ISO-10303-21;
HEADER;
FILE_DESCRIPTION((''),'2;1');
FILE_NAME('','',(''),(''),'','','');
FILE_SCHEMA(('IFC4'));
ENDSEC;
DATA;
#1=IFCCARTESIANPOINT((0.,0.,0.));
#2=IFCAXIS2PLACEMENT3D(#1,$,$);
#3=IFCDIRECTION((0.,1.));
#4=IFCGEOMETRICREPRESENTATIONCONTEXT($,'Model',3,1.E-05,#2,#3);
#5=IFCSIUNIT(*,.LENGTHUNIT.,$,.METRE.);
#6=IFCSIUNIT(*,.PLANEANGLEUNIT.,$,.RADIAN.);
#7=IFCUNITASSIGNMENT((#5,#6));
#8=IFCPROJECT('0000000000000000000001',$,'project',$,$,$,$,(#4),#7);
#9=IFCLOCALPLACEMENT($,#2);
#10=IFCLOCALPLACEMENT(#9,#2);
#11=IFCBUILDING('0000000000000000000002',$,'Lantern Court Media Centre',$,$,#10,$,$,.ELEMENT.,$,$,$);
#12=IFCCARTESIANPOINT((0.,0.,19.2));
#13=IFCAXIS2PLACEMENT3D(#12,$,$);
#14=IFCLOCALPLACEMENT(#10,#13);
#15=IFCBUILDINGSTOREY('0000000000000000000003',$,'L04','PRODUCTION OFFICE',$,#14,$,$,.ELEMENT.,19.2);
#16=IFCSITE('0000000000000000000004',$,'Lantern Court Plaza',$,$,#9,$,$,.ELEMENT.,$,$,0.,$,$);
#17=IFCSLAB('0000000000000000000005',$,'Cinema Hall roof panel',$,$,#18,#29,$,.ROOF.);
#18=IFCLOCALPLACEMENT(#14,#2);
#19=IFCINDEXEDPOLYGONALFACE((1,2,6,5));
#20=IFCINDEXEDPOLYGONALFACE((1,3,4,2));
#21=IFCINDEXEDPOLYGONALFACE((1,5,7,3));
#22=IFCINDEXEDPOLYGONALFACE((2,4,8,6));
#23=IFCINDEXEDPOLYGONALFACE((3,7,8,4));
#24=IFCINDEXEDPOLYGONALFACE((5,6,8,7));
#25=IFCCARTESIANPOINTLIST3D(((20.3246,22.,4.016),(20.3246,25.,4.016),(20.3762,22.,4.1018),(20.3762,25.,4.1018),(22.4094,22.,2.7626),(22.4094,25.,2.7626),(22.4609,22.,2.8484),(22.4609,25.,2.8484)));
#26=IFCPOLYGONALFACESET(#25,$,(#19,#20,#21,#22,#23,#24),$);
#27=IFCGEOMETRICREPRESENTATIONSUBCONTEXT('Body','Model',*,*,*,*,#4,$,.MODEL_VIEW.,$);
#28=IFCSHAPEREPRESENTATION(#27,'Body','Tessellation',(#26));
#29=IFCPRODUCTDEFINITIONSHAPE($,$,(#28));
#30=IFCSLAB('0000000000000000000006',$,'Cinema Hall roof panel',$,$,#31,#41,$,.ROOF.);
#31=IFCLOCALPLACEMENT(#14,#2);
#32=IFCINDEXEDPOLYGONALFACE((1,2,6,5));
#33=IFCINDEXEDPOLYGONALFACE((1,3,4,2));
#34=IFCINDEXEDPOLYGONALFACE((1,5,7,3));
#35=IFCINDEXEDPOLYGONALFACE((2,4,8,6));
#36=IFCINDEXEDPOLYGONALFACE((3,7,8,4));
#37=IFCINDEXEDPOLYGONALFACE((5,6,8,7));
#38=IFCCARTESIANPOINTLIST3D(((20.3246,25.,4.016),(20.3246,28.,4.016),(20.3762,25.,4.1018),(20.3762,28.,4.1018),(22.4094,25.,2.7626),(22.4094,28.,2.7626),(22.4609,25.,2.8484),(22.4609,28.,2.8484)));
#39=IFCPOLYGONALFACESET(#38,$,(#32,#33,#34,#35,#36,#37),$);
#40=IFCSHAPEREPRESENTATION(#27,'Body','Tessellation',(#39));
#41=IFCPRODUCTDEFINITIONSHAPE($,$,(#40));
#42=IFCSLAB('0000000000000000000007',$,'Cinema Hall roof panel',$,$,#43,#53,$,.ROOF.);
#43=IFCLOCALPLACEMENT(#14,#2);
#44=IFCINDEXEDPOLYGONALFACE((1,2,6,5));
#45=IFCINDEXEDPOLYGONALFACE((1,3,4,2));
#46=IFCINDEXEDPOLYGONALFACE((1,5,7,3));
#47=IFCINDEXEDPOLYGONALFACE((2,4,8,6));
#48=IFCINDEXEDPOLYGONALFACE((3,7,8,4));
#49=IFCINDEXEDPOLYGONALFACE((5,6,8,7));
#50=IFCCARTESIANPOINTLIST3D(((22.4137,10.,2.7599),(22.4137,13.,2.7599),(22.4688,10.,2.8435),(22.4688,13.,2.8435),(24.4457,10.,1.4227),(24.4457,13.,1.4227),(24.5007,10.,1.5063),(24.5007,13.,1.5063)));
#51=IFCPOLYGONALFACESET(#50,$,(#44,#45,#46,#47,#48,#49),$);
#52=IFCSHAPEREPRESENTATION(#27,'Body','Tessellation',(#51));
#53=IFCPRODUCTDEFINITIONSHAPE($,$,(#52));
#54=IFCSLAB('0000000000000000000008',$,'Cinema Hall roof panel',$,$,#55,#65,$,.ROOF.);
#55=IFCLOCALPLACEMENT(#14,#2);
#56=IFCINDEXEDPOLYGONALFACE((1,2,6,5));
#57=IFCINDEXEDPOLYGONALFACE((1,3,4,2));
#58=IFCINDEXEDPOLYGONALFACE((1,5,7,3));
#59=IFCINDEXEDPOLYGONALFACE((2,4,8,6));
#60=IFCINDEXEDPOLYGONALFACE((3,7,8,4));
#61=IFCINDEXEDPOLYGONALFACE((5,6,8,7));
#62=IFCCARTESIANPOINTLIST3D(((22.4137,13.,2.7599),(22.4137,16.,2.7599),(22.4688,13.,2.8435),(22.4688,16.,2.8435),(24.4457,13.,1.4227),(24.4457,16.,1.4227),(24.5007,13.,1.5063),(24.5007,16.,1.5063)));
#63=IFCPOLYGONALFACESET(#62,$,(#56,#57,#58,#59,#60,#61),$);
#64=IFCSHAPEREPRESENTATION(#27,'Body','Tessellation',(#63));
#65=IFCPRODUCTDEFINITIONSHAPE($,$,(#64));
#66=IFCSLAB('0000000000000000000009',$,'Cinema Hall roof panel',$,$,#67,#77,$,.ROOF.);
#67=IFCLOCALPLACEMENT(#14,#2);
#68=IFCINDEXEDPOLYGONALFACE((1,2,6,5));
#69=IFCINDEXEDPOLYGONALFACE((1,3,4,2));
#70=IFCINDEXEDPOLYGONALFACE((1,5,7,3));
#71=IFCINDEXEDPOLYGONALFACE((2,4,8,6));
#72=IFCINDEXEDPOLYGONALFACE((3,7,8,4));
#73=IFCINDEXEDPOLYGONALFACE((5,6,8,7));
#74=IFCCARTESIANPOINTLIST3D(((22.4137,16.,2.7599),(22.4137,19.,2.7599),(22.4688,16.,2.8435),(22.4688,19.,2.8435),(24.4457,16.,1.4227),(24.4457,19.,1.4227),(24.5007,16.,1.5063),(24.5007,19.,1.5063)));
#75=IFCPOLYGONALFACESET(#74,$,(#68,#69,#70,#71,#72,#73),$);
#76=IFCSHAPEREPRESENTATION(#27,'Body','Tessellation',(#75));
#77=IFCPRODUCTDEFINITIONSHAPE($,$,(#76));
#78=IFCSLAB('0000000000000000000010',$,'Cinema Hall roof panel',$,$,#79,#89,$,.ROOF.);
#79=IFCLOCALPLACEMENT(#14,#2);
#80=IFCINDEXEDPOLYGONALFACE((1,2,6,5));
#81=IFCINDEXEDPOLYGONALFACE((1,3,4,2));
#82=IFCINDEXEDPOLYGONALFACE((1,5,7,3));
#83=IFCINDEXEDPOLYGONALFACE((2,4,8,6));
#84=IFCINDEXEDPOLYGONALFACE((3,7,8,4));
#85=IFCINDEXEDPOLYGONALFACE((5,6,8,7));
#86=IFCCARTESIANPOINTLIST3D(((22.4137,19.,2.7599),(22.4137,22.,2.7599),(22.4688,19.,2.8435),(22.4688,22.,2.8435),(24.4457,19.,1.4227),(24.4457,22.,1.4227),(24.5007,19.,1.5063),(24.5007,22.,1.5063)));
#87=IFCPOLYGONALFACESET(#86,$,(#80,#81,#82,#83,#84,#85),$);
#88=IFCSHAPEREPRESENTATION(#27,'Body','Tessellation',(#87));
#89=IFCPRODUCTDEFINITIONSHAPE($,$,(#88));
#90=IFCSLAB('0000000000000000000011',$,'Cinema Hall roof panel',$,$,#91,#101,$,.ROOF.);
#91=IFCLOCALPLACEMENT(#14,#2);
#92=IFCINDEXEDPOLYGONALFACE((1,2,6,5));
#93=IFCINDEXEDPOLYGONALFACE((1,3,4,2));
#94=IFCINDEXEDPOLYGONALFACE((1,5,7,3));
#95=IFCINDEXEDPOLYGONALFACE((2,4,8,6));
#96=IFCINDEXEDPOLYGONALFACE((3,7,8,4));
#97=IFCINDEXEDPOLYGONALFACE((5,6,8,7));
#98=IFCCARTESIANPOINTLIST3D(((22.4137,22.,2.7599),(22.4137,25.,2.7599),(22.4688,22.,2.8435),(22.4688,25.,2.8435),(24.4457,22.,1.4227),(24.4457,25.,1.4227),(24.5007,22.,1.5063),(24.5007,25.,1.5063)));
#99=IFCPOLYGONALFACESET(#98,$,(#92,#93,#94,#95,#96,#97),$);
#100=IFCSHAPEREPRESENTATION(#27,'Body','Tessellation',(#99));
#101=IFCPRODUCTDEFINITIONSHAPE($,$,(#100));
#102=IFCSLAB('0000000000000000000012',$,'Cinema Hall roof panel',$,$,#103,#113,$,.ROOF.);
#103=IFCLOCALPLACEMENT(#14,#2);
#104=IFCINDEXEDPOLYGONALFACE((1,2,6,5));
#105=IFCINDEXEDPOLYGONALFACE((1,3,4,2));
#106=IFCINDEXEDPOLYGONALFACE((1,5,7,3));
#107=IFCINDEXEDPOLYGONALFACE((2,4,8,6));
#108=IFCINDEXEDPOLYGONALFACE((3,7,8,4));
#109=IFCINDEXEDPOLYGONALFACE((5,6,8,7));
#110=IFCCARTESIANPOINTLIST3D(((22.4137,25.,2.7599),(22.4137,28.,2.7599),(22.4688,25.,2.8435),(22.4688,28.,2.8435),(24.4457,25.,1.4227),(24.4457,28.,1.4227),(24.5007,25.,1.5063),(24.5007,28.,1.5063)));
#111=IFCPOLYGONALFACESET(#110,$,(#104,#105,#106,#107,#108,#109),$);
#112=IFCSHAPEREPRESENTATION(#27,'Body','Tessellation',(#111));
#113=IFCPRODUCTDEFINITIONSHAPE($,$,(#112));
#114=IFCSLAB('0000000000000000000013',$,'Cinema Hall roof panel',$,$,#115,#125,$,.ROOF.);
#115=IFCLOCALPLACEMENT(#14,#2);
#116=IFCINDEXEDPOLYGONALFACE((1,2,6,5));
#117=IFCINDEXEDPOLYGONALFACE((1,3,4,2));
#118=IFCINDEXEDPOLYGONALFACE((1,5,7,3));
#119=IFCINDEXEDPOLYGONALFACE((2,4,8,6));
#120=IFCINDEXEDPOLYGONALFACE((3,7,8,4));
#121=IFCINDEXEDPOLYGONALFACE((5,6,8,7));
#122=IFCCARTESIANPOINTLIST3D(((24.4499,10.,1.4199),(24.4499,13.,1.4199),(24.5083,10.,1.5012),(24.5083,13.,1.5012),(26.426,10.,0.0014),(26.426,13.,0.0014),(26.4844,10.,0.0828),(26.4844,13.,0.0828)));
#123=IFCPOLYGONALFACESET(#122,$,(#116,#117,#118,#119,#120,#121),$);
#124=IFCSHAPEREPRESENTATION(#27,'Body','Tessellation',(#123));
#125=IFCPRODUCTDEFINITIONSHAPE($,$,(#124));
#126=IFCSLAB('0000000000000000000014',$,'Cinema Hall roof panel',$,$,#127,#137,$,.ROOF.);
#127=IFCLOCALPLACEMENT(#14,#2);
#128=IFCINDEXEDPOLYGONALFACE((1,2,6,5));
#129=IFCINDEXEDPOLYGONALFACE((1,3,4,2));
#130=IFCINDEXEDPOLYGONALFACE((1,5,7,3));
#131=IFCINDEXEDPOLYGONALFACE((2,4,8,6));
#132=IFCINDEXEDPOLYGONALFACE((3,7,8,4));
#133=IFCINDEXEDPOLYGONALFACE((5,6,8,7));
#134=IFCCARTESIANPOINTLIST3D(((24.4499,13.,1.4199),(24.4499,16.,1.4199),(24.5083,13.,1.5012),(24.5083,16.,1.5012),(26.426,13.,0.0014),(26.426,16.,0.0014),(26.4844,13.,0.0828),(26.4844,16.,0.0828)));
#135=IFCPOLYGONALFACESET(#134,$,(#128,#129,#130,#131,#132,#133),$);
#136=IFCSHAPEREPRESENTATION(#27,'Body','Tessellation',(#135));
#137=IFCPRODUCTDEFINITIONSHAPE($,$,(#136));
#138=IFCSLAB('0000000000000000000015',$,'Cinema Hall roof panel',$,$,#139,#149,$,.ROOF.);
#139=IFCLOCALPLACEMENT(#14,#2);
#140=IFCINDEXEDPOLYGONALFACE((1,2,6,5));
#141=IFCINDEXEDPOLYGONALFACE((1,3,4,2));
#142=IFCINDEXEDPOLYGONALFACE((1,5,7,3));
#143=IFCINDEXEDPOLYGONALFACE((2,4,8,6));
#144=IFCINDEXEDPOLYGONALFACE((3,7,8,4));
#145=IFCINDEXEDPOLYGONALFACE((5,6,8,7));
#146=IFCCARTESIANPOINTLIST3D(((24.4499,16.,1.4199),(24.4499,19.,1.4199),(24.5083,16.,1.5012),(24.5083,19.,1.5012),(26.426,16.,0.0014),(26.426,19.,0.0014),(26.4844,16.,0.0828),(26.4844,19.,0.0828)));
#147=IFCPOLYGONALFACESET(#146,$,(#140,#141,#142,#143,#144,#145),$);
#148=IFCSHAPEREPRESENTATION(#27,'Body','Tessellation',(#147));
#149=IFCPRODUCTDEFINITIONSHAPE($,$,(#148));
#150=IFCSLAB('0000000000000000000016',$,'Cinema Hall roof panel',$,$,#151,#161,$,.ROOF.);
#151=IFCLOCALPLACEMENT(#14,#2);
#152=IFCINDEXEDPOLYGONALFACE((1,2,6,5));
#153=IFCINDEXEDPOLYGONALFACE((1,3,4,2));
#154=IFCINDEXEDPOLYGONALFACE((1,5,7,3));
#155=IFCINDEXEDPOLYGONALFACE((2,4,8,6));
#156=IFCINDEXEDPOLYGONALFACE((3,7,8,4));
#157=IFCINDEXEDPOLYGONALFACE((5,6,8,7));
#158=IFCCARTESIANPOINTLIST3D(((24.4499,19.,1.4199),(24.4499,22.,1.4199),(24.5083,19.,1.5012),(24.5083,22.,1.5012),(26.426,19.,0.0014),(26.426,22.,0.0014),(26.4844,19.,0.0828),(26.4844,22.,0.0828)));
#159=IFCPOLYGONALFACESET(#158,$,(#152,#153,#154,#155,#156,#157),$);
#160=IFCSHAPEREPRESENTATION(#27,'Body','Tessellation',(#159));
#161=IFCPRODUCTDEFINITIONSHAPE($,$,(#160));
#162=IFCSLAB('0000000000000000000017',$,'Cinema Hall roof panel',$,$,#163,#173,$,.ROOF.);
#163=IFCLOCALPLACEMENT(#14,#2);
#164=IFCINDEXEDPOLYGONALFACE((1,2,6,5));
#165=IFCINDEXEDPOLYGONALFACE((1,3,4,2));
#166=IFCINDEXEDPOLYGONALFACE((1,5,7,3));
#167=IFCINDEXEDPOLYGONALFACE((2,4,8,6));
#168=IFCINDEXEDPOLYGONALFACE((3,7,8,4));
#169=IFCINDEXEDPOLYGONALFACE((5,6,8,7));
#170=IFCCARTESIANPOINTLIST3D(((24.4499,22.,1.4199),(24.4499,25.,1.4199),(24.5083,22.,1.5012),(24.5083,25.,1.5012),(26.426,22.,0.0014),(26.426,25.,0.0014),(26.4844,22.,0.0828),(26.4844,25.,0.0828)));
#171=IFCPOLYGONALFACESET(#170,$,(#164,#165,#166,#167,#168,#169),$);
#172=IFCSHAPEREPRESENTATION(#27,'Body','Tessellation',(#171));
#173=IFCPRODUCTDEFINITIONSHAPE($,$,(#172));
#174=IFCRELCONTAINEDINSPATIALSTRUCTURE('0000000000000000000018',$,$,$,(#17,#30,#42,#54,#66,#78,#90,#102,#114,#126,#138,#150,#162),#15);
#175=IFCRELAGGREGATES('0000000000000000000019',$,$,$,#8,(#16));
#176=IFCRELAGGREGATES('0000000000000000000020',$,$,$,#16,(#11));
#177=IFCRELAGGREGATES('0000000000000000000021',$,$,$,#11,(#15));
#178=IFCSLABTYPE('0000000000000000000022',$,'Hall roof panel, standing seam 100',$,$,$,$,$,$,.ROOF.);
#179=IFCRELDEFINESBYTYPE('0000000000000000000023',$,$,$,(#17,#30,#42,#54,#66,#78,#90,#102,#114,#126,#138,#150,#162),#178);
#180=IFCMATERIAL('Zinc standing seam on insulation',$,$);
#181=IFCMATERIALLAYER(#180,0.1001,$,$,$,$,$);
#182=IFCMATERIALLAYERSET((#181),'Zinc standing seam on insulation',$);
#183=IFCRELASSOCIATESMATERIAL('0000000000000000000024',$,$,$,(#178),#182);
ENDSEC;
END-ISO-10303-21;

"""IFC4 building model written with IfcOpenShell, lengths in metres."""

from ifc_helpers import new_model, si_unit, direction, frame, origin, place, context, subcontext, project, spatial, polyline, outline, extrude, material, layer, layer_set, type_object, element, save


model = new_model("IFC4")

# Units and contexts
model_context = context("Model", 3, precision=1e-05, world=origin(), true_north=direction((0.0, 1.0)))
body_context = subcontext(model_context, "Body", "Model", "MODEL_VIEW")
ifc_project = project(units=[si_unit("LENGTHUNIT", "METRE"), si_unit("PLANEANGLEUNIT", "RADIAN")], contexts=[model_context])

# Site, building, storey
site_placement = place(None, origin())
site = spatial("IfcSite", under=ifc_project, at=site_placement, Name="Lantern Court Plaza", CompositionType="ELEMENT", RefElevation=0.0)
building_placement = place(site_placement, origin())
building = spatial("IfcBuilding", under=site, at=building_placement, Name="Lantern Court Media Centre", CompositionType="ELEMENT")
storey_placement = place(building_placement, frame((0.0, 0.0, 19.2)))
storey = spatial("IfcBuildingStorey", under=building, at=storey_placement, Name="L04", Description="PRODUCTION OFFICE", CompositionType="ELEMENT", Elevation=19.2)

# Slabs
ifc_material = material(Name="Zinc standing seam on insulation")
ifc_layer = layer(ifc_material, 0.1001)
ifc_layer_set = layer_set([ifc_layer], Name="Zinc standing seam on insulation")
slab_type = type_object("IfcSlabType", Name="Hall roof panel, standing seam 100", PredefinedType="ROOF", material=ifc_layer_set)
for number, where, z_axis, x_axis, name in (
    (1, (20.3762, 22.0, 4.1018), (0.515278, 0.0, 0.857023), (0.857023, 0.0, -0.515278), "Cinema Hall roof panel"),
    (2, (20.3762, 25.0, 4.1018), (0.515278, 0.0, 0.857023), (0.857023, 0.0, -0.515278), "Cinema Hall roof panel"),
):
    element("IfcSlab", number, at=place(storey_placement, frame(where, z_axis=z_axis, x_axis=x_axis)), inside=storey, type_object=slab_type, Name=name, PredefinedType="ROOF", context=body_context, shape_type="SweptSolid", body=[
        extrude(outline(polyline([(0.0, 0.0), (2.4325, 0.0), (2.4325, 3.0), (0.0, 3.0), (0.0, 0.0)])), origin(), (0.0, 0.0, -1.0), 0.1001),
    ])
for number, where, z_axis, x_axis, name in (
    (3, (22.4688, 10.0, 2.8435), (0.549711, 0.0, 0.835355), (0.835355, 0.0, -0.549711), "Cinema Hall roof panel"),
    (4, (22.4688, 13.0, 2.8435), (0.549711, 0.0, 0.835355), (0.835355, 0.0, -0.549711), "Cinema Hall roof panel"),
    (5, (22.4688, 16.0, 2.8435), (0.549711, 0.0, 0.835355), (0.835355, 0.0, -0.549711), "Cinema Hall roof panel"),
    (6, (22.4688, 19.0, 2.8435), (0.549711, 0.0, 0.835355), (0.835355, 0.0, -0.549711), "Cinema Hall roof panel"),
    (7, (22.4688, 22.0, 2.8435), (0.549711, 0.0, 0.835355), (0.835355, 0.0, -0.549711), "Cinema Hall roof panel"),
    (8, (22.4688, 25.0, 2.8435), (0.549711, 0.0, 0.835355), (0.835355, 0.0, -0.549711), "Cinema Hall roof panel"),
):
    element("IfcSlab", number, at=place(storey_placement, frame(where, z_axis=z_axis, x_axis=x_axis)), inside=storey, type_object=slab_type, Name=name, PredefinedType="ROOF", context=body_context, shape_type="SweptSolid", body=[
        extrude(outline(polyline([(0.0, 0.0), (2.4325, 0.0), (2.4325, 3.0), (0.0, 3.0), (0.0, 0.0)])), origin(), (0.0, 0.0, -1.0), 0.1001),
    ])
for number, where, z_axis, x_axis, name in (
    (9, (24.5083, 10.0, 1.5012), (0.583135, 0.0, 0.812375), (0.812375, 0.0, -0.583135), "Cinema Hall roof panel"),
    (10, (24.5083, 13.0, 1.5012), (0.583135, 0.0, 0.812375), (0.812375, 0.0, -0.583135), "Cinema Hall roof panel"),
    (11, (24.5083, 16.0, 1.5012), (0.583135, 0.0, 0.812375), (0.812375, 0.0, -0.583135), "Cinema Hall roof panel"),
    (12, (24.5083, 19.0, 1.5012), (0.583135, 0.0, 0.812375), (0.812375, 0.0, -0.583135), "Cinema Hall roof panel"),
    (13, (24.5083, 22.0, 1.5012), (0.583135, 0.0, 0.812375), (0.812375, 0.0, -0.583135), "Cinema Hall roof panel"),
):
    element("IfcSlab", number, at=place(storey_placement, frame(where, z_axis=z_axis, x_axis=x_axis)), inside=storey, type_object=slab_type, Name=name, PredefinedType="ROOF", context=body_context, shape_type="SweptSolid", body=[
        extrude(outline(polyline([(0.0, 0.0), (2.4325, 0.0), (2.4325, 3.0), (0.0, 3.0), (0.0, 0.0)])), origin(), (0.0, 0.0, -1.0), 0.1001),
    ])

save(model, "model.ifc")
